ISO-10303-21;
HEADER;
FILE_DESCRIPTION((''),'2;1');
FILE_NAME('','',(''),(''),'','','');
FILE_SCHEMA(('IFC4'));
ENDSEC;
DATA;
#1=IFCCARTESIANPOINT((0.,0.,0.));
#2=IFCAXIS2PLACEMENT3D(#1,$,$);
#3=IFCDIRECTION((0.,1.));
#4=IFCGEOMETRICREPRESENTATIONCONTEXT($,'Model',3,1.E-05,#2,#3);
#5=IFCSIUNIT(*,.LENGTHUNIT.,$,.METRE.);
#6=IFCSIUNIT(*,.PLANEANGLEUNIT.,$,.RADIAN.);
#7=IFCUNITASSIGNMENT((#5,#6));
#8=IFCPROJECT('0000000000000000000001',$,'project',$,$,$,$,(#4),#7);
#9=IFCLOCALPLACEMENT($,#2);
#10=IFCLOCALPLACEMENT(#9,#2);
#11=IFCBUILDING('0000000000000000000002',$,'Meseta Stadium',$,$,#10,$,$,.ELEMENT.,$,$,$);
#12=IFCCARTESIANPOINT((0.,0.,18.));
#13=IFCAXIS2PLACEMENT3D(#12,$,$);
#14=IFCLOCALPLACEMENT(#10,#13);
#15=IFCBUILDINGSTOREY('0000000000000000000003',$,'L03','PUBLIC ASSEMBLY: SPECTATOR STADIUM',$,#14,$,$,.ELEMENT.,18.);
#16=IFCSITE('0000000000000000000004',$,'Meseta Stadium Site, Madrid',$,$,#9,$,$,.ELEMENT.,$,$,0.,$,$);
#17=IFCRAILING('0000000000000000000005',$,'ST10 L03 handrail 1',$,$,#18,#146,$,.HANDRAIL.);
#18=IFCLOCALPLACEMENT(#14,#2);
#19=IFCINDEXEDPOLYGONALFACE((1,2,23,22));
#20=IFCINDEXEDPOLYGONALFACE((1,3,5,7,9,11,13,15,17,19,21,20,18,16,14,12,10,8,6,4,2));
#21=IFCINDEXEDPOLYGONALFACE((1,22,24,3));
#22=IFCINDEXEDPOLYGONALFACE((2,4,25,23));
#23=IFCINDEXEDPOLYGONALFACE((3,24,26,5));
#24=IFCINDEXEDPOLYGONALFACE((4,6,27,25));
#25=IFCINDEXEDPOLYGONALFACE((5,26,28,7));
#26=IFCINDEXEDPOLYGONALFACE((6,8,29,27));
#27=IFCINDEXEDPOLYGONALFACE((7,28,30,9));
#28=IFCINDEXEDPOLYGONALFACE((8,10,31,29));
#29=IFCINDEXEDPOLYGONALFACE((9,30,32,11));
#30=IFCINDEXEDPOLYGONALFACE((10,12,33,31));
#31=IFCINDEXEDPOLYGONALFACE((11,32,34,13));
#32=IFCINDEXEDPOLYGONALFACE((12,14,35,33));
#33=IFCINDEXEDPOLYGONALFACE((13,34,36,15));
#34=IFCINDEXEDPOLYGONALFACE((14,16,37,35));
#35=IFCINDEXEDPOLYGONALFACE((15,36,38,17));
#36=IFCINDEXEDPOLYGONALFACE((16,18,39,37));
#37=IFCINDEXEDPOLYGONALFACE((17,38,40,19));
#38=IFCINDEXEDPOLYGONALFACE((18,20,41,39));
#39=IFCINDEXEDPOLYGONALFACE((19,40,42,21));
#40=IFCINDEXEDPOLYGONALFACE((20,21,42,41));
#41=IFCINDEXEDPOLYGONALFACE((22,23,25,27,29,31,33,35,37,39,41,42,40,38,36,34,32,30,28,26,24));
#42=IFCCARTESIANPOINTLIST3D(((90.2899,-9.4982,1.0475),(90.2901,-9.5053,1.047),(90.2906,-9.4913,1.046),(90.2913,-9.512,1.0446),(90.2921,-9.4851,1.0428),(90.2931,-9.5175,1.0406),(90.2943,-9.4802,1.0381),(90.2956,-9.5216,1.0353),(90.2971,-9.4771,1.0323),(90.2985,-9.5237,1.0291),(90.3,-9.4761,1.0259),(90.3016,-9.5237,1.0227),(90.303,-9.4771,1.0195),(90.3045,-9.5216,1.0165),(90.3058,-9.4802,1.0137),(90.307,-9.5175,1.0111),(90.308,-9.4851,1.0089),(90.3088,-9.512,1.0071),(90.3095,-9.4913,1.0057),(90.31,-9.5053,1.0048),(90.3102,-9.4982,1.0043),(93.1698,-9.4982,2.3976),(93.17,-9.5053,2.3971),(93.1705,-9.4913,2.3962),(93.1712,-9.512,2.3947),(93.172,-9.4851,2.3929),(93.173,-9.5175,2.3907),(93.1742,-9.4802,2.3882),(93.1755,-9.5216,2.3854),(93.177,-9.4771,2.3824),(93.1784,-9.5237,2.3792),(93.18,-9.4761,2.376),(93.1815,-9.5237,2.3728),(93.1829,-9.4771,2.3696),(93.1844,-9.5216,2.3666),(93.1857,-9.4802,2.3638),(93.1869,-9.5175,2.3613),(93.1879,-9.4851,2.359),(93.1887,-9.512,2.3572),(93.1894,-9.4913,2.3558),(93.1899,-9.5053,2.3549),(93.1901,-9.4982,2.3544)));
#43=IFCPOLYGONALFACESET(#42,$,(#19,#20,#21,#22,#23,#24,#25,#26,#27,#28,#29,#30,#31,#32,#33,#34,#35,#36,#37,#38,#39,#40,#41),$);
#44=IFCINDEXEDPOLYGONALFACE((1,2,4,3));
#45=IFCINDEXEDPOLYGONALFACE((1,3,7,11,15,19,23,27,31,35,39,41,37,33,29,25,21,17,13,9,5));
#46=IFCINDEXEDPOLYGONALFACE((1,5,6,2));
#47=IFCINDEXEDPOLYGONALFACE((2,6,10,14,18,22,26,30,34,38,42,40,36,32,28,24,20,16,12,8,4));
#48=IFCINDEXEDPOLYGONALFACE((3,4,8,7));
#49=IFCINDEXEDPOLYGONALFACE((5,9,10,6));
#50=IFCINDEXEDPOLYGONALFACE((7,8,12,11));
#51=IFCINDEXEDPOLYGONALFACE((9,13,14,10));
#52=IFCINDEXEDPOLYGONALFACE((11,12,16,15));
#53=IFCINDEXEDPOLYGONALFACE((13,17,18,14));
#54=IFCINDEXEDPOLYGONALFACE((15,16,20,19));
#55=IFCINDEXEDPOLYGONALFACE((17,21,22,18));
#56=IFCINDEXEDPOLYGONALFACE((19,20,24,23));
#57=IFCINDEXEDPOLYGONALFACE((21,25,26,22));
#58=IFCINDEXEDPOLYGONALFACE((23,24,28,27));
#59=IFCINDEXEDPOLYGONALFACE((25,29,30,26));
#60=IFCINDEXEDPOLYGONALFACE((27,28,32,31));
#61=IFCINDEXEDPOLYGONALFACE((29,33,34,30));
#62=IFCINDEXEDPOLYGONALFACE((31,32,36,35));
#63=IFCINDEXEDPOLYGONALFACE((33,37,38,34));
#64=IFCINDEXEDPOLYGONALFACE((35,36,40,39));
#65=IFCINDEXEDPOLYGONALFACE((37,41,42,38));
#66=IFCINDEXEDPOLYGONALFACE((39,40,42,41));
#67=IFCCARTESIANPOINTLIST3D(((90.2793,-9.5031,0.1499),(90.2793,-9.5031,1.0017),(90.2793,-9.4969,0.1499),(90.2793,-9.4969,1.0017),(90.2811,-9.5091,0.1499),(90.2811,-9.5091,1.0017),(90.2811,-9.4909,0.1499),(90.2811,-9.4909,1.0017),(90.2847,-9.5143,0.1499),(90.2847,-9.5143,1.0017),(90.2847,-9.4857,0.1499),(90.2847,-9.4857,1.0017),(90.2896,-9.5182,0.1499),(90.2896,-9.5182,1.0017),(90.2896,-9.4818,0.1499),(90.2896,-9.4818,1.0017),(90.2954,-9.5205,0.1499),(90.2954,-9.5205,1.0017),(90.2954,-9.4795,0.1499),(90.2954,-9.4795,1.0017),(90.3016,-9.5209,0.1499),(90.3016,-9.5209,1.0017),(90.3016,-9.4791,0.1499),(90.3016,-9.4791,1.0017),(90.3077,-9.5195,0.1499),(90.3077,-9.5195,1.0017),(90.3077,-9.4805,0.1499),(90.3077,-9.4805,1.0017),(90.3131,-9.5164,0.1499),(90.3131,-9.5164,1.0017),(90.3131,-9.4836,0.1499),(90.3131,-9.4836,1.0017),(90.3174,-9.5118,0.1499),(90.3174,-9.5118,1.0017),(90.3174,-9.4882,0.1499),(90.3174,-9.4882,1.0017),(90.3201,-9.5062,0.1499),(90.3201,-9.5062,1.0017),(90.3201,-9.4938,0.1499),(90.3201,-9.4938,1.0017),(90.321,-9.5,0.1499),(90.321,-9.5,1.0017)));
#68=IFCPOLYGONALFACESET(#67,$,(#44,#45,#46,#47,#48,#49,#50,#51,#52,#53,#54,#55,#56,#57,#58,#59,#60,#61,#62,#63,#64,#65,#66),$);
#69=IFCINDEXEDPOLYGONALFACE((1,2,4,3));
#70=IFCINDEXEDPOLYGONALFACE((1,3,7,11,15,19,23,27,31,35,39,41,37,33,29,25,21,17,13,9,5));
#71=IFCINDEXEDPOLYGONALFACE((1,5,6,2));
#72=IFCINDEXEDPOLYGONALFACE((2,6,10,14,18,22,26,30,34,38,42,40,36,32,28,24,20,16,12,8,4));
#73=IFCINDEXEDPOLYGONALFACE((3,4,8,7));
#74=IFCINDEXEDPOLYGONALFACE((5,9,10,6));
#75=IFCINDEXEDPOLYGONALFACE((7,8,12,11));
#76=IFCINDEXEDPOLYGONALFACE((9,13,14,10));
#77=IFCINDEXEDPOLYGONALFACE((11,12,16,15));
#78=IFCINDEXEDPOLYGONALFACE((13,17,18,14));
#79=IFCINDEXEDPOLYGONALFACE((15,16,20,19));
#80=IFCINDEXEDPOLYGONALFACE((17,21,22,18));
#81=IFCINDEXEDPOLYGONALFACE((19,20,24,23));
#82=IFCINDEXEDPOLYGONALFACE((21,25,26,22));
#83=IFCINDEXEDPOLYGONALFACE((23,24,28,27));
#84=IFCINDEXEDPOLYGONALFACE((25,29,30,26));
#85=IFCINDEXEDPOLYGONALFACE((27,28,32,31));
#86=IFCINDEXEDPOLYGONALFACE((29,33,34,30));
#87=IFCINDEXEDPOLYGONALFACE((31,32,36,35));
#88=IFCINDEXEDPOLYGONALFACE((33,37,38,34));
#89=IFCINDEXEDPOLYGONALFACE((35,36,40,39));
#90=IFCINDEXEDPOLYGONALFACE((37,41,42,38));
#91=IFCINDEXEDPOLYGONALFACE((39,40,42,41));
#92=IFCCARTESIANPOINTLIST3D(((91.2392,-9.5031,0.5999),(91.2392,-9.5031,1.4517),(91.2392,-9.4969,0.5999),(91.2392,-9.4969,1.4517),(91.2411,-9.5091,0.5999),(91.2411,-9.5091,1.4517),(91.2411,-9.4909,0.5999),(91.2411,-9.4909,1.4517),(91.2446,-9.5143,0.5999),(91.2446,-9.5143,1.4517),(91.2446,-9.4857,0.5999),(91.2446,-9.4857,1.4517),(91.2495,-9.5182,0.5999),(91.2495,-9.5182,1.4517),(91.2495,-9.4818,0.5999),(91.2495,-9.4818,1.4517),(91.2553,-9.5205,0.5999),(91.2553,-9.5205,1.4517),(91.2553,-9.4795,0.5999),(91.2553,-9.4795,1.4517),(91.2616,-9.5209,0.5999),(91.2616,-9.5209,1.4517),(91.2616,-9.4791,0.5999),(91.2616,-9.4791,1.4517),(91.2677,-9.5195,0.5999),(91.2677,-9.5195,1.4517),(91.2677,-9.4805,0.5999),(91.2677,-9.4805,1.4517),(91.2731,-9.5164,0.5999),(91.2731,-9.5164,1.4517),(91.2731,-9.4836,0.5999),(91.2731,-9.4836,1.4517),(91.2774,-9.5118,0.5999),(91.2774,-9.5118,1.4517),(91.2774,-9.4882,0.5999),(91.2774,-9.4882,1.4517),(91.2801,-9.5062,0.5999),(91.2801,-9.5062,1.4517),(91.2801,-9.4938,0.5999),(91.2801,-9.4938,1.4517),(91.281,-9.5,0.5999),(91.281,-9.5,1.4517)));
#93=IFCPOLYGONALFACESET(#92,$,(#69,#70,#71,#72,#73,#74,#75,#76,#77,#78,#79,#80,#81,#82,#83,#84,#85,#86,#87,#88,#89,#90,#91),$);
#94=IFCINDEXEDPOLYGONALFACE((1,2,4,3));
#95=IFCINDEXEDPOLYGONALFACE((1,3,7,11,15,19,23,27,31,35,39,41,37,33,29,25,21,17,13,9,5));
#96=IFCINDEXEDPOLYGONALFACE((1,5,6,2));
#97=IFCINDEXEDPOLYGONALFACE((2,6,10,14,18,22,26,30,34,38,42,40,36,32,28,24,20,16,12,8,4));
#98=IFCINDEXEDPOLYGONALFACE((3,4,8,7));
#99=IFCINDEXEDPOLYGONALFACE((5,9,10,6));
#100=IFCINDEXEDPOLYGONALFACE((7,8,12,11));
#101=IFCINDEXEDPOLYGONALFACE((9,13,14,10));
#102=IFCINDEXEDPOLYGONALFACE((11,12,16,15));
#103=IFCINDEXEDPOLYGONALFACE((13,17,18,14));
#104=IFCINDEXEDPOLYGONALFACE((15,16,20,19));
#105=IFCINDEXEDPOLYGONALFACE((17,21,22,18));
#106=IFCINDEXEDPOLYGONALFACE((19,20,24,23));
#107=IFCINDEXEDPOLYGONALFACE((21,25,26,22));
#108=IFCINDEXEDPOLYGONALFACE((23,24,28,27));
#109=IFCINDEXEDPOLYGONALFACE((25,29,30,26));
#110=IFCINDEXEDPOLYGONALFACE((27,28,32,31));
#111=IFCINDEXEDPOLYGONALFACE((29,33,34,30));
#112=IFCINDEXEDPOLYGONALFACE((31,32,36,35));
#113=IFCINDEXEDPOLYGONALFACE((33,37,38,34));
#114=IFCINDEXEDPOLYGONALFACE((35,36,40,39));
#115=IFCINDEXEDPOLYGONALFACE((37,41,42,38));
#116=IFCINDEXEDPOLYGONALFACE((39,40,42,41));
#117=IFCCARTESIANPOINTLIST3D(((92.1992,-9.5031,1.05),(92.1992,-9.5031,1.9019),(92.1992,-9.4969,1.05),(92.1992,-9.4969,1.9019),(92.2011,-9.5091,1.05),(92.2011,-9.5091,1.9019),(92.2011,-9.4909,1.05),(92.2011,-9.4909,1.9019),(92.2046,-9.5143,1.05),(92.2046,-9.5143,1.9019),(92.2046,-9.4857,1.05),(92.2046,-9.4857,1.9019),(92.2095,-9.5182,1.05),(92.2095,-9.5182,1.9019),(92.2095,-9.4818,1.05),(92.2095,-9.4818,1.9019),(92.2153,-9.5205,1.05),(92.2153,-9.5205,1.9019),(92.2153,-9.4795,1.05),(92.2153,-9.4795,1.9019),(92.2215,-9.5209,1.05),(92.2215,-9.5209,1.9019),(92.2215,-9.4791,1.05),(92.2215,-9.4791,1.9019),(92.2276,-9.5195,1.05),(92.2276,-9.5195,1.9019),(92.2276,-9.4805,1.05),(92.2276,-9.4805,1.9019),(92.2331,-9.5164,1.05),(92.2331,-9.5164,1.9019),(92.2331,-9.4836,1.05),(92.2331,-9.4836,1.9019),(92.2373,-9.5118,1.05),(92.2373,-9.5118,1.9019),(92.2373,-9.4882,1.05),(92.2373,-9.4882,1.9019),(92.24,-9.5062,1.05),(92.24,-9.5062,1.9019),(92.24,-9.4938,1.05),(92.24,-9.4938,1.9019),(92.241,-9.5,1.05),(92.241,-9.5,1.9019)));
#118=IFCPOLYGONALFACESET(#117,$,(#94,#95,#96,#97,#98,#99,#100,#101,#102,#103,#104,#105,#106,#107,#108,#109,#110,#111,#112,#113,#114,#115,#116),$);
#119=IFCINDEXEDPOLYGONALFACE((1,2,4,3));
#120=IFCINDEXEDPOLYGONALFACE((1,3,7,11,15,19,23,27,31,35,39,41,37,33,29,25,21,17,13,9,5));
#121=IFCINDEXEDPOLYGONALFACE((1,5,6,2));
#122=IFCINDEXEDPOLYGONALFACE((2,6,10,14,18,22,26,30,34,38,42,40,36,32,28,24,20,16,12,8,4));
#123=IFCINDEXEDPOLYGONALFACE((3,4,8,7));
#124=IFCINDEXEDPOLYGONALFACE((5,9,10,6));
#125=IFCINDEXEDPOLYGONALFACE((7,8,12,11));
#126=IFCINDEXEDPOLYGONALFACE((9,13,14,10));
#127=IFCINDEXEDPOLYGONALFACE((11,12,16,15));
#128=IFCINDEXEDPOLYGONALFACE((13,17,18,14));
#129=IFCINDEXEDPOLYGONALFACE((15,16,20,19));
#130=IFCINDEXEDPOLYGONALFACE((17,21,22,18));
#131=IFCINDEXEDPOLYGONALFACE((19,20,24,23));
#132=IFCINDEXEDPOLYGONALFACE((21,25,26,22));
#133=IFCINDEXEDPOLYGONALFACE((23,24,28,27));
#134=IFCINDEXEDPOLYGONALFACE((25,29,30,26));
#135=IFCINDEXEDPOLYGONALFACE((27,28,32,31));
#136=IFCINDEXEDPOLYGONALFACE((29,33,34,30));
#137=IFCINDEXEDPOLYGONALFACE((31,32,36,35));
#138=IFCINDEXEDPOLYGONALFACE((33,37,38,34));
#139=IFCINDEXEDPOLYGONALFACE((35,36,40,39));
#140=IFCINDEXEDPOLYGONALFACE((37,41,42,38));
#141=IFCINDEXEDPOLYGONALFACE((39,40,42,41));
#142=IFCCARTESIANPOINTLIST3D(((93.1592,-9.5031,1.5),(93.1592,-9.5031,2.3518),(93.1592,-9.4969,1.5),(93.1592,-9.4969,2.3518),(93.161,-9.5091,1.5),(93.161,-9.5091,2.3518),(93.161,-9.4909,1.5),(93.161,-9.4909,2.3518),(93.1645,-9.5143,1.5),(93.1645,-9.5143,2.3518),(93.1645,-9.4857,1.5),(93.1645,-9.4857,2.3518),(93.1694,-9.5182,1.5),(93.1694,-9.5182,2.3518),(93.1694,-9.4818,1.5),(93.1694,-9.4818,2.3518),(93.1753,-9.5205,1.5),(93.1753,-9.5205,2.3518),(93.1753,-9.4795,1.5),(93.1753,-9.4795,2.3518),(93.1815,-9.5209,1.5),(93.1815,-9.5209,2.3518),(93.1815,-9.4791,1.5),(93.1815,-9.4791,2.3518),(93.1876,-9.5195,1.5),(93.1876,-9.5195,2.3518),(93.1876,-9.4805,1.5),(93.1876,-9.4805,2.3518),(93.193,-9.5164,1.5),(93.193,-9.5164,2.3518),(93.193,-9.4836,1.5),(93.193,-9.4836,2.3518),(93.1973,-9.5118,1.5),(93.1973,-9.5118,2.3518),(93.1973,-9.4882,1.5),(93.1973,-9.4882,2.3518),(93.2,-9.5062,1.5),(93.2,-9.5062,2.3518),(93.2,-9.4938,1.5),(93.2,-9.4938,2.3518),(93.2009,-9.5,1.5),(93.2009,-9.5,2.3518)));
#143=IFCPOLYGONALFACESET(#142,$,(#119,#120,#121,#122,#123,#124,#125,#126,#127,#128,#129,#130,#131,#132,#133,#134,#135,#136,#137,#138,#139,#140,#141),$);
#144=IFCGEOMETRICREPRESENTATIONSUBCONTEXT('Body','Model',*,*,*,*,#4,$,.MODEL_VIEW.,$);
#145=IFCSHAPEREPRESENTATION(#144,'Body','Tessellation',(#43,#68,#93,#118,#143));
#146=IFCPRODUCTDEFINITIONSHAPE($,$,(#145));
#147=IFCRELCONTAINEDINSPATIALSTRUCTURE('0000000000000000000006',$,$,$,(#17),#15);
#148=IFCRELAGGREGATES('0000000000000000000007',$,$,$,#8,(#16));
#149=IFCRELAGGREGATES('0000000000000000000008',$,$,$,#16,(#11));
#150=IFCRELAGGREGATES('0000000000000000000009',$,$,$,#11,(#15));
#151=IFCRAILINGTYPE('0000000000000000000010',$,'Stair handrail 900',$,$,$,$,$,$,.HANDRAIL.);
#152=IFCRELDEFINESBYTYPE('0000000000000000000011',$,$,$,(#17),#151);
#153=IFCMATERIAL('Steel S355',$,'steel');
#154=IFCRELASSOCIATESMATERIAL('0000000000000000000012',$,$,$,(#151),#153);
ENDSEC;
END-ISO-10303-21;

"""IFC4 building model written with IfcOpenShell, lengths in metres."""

from ifc_helpers import new_model, si_unit, direction, frame, origin, origin_2d, place, context, subcontext, project, spatial, circle, extrude, material, type_object, element, save


model = new_model("IFC4")

# Units and contexts
model_context = context("Model", 3, precision=1e-05, world=origin(), true_north=direction((0.0, 1.0)))
body_context = subcontext(model_context, "Body", "Model", "MODEL_VIEW")
ifc_project = project(units=[si_unit("LENGTHUNIT", "METRE"), si_unit("PLANEANGLEUNIT", "RADIAN")], contexts=[model_context])

# Site, building, storey
site_placement = place(None, origin())
site = spatial("IfcSite", under=ifc_project, at=site_placement, Name="Meseta Stadium Site, Madrid", CompositionType="ELEMENT", RefElevation=0.0)
building_placement = place(site_placement, origin())
building = spatial("IfcBuilding", under=site, at=building_placement, Name="Meseta Stadium", CompositionType="ELEMENT")
storey_placement = place(building_placement, frame((0.0, 0.0, 18.0)))
storey = spatial("IfcBuildingStorey", under=building, at=storey_placement, Name="L03", Description="PUBLIC ASSEMBLY: SPECTATOR STADIUM", CompositionType="ELEMENT", Elevation=18.0)

# Railing
ifc_material_1 = material(Name="Steel S355", Category="steel")
railing_type_1 = type_object("IfcRailingType", Name="Stair handrail 900", PredefinedType="HANDRAIL", material=ifc_material_1)
for number, where, name in (
    (1, (90.3, -9.5, 0.1499), "ST10 L03 handrail 1"),
):
    element("IfcRailing", number, at=place(storey_placement, frame(where)), inside=storey, type_object=railing_type_1, Name=name, PredefinedType="HANDRAIL", context=body_context, shape_type="SweptSolid", body=[
        extrude(circle(Radius=0.0239, at=origin_2d()), frame((0.0, 0.0, 0.876), z_axis=(0.90544, 0.0, 0.424473), x_axis=(0.0, 1.0, 0.0)), (0.0, 0.0, 1.0), 3.1807),
        extrude(circle(Radius=0.021, at=origin_2d()), origin(), (0.0, 0.0, 1.0), 0.8518),
        extrude(circle(Radius=0.021, at=origin_2d()), frame((0.96, 0.0, 0.45)), (0.0, 0.0, 1.0), 0.8518),
        extrude(circle(Radius=0.021, at=origin_2d()), frame((1.9199, 0.0, 0.9001)), (0.0, 0.0, 1.0), 0.8518),
        extrude(circle(Radius=0.021, at=origin_2d()), frame((2.8799, 0.0, 1.3501)), (0.0, 0.0, 1.0), 0.8518),
    ])

save(model, "model.ifc")
